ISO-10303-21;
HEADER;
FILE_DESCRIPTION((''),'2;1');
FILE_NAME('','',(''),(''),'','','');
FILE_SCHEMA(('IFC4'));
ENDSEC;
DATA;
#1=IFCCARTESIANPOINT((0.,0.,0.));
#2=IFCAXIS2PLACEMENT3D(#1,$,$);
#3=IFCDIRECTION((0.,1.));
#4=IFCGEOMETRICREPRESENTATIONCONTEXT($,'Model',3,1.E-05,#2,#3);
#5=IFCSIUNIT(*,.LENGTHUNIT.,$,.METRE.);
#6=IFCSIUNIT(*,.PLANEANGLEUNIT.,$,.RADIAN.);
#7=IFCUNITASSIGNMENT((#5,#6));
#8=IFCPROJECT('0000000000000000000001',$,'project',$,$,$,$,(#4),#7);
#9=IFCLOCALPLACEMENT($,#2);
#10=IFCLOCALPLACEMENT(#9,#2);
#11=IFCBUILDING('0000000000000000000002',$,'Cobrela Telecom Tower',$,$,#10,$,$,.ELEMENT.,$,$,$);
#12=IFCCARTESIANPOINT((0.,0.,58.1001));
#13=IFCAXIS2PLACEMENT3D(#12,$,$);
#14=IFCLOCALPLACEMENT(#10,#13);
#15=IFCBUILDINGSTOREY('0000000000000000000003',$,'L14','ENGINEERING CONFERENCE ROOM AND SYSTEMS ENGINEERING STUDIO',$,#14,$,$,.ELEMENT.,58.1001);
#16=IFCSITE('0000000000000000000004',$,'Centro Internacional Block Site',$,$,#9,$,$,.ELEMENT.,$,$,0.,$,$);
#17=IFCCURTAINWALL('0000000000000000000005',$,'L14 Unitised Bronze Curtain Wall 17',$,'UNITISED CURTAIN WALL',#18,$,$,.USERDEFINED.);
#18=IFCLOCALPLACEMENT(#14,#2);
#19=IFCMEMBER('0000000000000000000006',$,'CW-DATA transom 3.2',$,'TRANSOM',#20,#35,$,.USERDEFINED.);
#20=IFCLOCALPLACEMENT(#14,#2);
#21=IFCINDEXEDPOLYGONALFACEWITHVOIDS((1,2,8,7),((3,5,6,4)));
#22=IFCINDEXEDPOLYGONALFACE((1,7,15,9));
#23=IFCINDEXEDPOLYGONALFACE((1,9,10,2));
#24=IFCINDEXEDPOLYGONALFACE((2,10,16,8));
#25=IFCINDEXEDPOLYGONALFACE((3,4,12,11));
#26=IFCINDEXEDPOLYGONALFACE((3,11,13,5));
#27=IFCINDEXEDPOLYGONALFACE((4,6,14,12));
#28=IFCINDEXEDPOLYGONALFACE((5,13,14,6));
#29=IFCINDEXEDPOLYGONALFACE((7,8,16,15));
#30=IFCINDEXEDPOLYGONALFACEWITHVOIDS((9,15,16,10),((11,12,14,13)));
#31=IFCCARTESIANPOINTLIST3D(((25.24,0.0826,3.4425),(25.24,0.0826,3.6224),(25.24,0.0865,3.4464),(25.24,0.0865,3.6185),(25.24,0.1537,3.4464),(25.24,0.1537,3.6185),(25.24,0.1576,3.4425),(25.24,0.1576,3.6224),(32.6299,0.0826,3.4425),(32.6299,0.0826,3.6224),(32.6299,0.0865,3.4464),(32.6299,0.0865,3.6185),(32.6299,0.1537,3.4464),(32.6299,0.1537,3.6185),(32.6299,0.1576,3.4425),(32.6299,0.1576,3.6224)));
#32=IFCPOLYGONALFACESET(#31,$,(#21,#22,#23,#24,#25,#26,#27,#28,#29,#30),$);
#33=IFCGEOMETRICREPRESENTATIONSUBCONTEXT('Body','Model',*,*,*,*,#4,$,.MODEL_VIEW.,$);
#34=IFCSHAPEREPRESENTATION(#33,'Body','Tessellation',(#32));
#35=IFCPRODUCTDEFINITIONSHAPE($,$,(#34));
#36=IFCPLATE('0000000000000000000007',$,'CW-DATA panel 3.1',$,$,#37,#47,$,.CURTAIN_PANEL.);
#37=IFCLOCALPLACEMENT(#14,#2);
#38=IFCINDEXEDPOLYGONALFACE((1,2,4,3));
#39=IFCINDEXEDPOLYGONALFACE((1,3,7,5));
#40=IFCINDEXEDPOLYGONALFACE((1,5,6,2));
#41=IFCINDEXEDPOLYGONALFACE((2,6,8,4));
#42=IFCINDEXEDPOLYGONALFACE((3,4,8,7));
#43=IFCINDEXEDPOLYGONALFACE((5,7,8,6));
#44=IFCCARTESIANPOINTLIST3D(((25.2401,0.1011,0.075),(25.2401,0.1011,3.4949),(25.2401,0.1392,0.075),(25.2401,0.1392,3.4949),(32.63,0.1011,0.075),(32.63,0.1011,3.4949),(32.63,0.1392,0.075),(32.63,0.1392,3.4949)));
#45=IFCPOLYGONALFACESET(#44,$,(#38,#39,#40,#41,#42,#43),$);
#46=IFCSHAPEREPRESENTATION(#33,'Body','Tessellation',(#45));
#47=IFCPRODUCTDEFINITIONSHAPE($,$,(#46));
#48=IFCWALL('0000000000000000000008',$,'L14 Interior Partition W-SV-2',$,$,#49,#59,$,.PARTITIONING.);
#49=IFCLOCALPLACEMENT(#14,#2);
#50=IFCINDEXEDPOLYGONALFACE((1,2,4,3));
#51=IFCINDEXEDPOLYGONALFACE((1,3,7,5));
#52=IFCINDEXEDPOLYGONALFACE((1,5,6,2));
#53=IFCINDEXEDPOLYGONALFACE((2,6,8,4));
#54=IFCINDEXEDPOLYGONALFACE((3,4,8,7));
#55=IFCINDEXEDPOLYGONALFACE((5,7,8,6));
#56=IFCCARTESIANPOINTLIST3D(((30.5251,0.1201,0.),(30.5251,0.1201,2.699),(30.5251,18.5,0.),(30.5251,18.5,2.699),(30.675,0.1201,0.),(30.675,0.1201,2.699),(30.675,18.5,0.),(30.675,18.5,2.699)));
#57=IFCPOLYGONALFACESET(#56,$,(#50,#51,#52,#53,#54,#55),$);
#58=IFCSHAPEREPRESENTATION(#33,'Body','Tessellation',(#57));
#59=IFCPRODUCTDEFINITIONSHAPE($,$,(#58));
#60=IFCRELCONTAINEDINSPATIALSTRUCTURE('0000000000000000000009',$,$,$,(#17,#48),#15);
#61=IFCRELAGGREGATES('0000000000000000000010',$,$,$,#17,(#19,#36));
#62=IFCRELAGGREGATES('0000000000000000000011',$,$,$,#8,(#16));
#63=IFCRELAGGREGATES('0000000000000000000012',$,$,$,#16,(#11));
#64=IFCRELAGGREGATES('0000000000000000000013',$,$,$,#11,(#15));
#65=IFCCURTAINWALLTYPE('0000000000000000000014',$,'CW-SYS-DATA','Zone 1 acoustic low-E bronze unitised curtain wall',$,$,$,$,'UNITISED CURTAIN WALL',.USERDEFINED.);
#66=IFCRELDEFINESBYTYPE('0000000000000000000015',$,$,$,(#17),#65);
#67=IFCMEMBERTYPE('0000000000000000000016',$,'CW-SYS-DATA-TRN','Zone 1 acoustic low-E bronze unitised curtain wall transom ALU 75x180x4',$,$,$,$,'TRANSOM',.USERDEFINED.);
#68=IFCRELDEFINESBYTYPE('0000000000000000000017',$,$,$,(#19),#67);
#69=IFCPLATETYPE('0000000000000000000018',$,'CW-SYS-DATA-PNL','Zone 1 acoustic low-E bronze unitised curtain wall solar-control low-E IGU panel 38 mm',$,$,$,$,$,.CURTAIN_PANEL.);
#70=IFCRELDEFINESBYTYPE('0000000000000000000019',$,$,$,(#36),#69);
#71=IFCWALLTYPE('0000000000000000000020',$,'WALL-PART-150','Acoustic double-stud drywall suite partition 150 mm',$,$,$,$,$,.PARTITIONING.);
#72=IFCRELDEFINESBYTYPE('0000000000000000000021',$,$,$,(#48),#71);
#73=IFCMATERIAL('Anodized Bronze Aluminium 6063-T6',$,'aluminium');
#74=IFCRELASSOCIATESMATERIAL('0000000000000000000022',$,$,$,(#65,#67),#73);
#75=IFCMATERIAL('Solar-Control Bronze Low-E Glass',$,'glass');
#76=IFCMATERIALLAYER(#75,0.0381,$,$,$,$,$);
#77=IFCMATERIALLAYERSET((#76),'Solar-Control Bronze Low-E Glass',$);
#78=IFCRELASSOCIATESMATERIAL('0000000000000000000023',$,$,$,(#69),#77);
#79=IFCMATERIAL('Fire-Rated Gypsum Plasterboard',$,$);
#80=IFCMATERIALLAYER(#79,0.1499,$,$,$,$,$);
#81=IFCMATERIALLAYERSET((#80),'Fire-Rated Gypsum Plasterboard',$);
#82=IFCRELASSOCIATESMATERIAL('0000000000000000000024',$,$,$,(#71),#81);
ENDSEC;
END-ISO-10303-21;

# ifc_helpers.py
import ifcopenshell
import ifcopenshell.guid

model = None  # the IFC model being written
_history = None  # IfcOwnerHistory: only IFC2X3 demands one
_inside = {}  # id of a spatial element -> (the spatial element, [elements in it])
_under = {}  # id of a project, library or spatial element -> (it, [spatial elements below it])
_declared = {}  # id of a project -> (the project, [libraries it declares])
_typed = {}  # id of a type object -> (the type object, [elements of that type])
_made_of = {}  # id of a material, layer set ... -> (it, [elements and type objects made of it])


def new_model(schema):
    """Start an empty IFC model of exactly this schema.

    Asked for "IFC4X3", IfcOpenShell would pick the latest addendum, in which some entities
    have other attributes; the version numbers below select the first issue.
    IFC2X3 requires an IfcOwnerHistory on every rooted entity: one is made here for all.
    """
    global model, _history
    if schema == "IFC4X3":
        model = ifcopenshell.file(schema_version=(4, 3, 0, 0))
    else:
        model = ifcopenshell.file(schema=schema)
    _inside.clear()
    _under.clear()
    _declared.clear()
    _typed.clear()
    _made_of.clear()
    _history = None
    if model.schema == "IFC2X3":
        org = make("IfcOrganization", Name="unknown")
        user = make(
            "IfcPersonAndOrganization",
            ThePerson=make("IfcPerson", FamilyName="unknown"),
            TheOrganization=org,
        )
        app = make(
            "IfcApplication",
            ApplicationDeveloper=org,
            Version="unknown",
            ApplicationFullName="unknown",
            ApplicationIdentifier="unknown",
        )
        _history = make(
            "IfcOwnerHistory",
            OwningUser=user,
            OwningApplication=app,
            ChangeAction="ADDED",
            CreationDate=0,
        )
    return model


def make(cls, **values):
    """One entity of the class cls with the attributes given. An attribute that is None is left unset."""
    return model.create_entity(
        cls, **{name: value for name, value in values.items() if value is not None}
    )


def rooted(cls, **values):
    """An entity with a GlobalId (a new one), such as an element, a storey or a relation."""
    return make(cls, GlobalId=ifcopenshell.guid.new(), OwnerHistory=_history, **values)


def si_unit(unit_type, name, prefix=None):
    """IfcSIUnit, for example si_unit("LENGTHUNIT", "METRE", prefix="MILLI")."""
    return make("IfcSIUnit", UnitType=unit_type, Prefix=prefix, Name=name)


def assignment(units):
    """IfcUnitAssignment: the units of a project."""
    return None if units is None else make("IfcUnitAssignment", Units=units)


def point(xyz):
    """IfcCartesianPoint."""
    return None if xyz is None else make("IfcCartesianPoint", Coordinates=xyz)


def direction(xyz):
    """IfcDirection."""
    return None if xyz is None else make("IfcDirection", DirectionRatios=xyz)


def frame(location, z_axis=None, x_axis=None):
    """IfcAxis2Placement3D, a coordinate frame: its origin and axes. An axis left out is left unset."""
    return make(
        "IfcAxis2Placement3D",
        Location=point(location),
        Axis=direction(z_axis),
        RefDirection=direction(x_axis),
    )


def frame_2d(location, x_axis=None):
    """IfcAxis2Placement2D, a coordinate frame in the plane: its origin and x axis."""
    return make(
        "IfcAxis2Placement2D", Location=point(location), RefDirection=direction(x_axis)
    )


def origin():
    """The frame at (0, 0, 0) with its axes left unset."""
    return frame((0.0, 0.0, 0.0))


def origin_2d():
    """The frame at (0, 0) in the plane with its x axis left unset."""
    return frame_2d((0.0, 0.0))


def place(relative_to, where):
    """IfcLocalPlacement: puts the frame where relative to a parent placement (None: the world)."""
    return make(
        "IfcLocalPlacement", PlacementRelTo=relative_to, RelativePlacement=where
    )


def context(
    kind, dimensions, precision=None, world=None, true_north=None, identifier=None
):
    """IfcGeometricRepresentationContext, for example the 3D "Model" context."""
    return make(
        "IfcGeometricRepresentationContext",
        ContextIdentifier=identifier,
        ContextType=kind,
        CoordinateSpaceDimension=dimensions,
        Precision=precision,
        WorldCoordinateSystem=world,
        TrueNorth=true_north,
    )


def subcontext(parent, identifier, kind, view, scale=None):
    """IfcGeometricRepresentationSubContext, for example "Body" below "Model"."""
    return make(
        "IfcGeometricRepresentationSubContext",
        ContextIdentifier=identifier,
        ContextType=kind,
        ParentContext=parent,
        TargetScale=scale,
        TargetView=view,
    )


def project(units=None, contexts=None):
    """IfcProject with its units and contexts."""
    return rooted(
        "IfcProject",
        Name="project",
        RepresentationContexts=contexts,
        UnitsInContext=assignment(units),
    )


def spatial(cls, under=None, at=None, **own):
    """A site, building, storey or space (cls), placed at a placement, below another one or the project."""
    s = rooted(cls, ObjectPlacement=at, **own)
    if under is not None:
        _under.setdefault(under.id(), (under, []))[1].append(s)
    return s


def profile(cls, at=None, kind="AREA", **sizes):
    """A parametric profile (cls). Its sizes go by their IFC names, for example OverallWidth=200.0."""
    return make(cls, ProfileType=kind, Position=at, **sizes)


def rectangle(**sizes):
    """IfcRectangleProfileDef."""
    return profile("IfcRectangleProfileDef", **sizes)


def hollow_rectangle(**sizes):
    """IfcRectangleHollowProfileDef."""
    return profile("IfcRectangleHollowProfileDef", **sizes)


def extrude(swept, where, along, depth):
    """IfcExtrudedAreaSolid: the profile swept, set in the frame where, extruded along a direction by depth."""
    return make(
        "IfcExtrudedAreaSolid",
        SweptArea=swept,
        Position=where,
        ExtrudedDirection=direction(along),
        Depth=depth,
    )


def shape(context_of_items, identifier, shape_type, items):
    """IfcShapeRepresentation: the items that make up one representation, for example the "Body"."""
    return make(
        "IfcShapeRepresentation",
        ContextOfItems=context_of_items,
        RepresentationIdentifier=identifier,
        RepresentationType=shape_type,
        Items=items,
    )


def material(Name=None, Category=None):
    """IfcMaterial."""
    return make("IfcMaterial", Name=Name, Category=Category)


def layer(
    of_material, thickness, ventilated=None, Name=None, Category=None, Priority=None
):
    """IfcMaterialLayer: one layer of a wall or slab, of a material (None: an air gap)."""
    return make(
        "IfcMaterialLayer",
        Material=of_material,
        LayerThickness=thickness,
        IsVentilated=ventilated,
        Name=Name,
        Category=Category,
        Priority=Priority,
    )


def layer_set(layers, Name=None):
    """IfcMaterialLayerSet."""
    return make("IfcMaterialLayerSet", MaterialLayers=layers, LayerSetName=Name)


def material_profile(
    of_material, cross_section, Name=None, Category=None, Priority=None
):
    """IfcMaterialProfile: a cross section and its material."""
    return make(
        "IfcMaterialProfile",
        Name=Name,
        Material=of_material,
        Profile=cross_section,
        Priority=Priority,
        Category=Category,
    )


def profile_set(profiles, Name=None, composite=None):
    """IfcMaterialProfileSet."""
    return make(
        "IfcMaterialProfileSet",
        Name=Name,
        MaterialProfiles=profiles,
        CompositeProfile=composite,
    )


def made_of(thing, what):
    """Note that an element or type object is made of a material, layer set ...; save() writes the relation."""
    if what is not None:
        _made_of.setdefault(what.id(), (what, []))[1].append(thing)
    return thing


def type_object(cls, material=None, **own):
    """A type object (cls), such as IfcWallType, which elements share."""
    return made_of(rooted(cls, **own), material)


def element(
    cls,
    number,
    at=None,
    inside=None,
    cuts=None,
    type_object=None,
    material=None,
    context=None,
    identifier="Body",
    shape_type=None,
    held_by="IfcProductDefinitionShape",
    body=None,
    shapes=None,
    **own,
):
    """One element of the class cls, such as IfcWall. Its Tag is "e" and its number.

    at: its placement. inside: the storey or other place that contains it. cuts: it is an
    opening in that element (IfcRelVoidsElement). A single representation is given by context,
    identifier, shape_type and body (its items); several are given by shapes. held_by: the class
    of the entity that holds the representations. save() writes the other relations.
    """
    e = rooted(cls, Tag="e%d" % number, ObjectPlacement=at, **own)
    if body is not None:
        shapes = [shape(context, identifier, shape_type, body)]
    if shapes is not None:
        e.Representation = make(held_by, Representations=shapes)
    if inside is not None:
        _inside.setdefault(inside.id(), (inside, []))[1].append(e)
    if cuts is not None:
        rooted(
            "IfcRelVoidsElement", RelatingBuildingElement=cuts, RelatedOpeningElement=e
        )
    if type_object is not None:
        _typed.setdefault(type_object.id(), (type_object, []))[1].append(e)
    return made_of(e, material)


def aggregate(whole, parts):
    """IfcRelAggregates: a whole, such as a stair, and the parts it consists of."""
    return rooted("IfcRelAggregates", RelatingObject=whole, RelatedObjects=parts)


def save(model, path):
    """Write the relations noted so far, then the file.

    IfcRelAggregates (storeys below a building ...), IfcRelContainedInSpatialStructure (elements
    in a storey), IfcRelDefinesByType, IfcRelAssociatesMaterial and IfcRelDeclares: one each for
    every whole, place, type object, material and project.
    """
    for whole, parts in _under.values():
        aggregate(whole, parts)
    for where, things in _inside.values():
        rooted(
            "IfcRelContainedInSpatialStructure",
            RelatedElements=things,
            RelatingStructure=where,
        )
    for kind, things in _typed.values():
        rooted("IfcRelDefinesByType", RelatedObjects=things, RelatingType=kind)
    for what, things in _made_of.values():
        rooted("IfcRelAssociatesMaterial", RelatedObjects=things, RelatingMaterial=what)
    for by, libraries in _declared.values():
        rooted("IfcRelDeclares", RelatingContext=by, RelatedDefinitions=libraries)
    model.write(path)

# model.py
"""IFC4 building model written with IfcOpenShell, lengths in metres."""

from ifc_helpers import new_model, si_unit, direction, frame, frame_2d, origin, origin_2d, place, context, subcontext, project, spatial, rectangle, hollow_rectangle, extrude, material, layer, layer_set, material_profile, profile_set, type_object, element, aggregate, save


model = new_model("IFC4")

# Units and contexts
model_context = context("Model", 3, precision=1e-05, world=origin(), true_north=direction((0.0, 1.0)))
body_context = subcontext(model_context, "Body", "Model", "MODEL_VIEW")
ifc_project = project(units=[si_unit("LENGTHUNIT", "METRE"), si_unit("PLANEANGLEUNIT", "RADIAN")], contexts=[model_context])

# Site, building, storey
site_placement = place(None, origin())
site = spatial("IfcSite", under=ifc_project, at=site_placement, Name="Centro Internacional Block Site", CompositionType="ELEMENT", RefElevation=0.0)
building_placement = place(site_placement, origin())
building = spatial("IfcBuilding", under=site, at=building_placement, Name="Cobrela Telecom Tower", CompositionType="ELEMENT")
storey_placement = place(building_placement, frame((0.0, 0.0, 58.1001)))
storey = spatial("IfcBuildingStorey", under=building, at=storey_placement, Name="L14", Description="ENGINEERING CONFERENCE ROOM AND SYSTEMS ENGINEERING STUDIO", CompositionType="ELEMENT", Elevation=58.1001)

# Curtain wall, member, plate
ifc_material_1 = material(Name="Anodized Bronze Aluminium 6063-T6", Category="aluminium")
curtain_wall_type = type_object("IfcCurtainWallType", Name="CW-SYS-DATA", Description="Zone 1 acoustic low-E bronze unitised curtain wall", ElementType="UNITISED CURTAIN WALL", PredefinedType="USERDEFINED", material=ifc_material_1)
curtain_wall_placement = place(storey_placement, origin())
curtain_wall = element("IfcCurtainWall", 1, at=curtain_wall_placement, inside=storey, type_object=curtain_wall_type, Name="L14 Unitised Bronze Curtain Wall 17", ObjectType="UNITISED CURTAIN WALL", PredefinedType="USERDEFINED")
ifc_material_profile_1 = material_profile(ifc_material_1, hollow_rectangle(XDim=0.075, YDim=0.1799, WallThickness=0.0039, at=origin_2d()), Name="ALU 75x180x4")
ifc_profile_set_1 = profile_set([ifc_material_profile_1], Name="Anodized Bronze Aluminium 6063-T6")
member_type_1 = type_object("IfcMemberType", Name="CW-SYS-DATA-TRN", Description="Zone 1 acoustic low-E bronze unitised curtain wall transom ALU 75x180x4", ElementType="TRANSOM", PredefinedType="USERDEFINED", material=ifc_profile_set_1)
member_1_placement = place(storey_placement, frame((32.6299, 0.1201, 3.5325), z_axis=(-1.0, 0.0, 0.0), x_axis=(0.0, -1.0, 0.0)))
member_1 = element("IfcMember", 2, at=member_1_placement, type_object=member_type_1, Name="CW-DATA transom 3.2", ObjectType="TRANSOM", PredefinedType="USERDEFINED", context=body_context, shape_type="SweptSolid", body=[
    extrude(hollow_rectangle(XDim=0.075, YDim=0.1799, WallThickness=0.0039, at=origin_2d()), origin(), (0.0, 0.0, 1.0), 7.3899),
])
ifc_material_2 = material(Name="Solar-Control Bronze Low-E Glass", Category="glass")
ifc_layer_1 = layer(ifc_material_2, 0.0381)
ifc_layer_set_1 = layer_set([ifc_layer_1], Name="Solar-Control Bronze Low-E Glass")
plate_type = type_object("IfcPlateType", Name="CW-SYS-DATA-PNL", Description="Zone 1 acoustic low-E bronze unitised curtain wall solar-control low-E IGU panel 38 mm", PredefinedType="CURTAIN_PANEL", material=ifc_layer_set_1)
plate_placement = place(storey_placement, frame((28.9351, 0.1201, 0.075), z_axis=(0.0, 0.0, 1.0), x_axis=(-1.0, 0.0, 0.0)))
plate = element("IfcPlate", 3, at=plate_placement, type_object=plate_type, Name="CW-DATA panel 3.1", PredefinedType="CURTAIN_PANEL", context=body_context, shape_type="SweptSolid", body=[
    extrude(rectangle(XDim=7.3899, YDim=0.0381, at=origin_2d()), origin(), (0.0, 0.0, 1.0), 3.4199),
])
aggregate(curtain_wall, [member_1, plate])

# Wall
ifc_material_3 = material(Name="Fire-Rated Gypsum Plasterboard")
ifc_layer_2 = layer(ifc_material_3, 0.1499)
ifc_layer_set_2 = layer_set([ifc_layer_2], Name="Fire-Rated Gypsum Plasterboard")
wall_type = type_object("IfcWallType", Name="WALL-PART-150", Description="Acoustic double-stud drywall suite partition 150 mm", PredefinedType="PARTITIONING", material=ifc_layer_set_2)
wall_placement = place(storey_placement, frame((30.6001, 0.1201, 0.0), z_axis=(0.0, 0.0, 1.0), x_axis=(0.0, 1.0, 0.0)))
element("IfcWall", 4, at=wall_placement, inside=storey, type_object=wall_type, Name="L14 Interior Partition W-SV-2", PredefinedType="PARTITIONING", context=body_context, shape_type="SweptSolid", body=[
    extrude(rectangle(XDim=18.3799, YDim=0.1499, at=frame_2d((9.1899, 0.0))), origin(), (0.0, 0.0, 1.0), 2.699),
])

save(model, "model.ifc")
